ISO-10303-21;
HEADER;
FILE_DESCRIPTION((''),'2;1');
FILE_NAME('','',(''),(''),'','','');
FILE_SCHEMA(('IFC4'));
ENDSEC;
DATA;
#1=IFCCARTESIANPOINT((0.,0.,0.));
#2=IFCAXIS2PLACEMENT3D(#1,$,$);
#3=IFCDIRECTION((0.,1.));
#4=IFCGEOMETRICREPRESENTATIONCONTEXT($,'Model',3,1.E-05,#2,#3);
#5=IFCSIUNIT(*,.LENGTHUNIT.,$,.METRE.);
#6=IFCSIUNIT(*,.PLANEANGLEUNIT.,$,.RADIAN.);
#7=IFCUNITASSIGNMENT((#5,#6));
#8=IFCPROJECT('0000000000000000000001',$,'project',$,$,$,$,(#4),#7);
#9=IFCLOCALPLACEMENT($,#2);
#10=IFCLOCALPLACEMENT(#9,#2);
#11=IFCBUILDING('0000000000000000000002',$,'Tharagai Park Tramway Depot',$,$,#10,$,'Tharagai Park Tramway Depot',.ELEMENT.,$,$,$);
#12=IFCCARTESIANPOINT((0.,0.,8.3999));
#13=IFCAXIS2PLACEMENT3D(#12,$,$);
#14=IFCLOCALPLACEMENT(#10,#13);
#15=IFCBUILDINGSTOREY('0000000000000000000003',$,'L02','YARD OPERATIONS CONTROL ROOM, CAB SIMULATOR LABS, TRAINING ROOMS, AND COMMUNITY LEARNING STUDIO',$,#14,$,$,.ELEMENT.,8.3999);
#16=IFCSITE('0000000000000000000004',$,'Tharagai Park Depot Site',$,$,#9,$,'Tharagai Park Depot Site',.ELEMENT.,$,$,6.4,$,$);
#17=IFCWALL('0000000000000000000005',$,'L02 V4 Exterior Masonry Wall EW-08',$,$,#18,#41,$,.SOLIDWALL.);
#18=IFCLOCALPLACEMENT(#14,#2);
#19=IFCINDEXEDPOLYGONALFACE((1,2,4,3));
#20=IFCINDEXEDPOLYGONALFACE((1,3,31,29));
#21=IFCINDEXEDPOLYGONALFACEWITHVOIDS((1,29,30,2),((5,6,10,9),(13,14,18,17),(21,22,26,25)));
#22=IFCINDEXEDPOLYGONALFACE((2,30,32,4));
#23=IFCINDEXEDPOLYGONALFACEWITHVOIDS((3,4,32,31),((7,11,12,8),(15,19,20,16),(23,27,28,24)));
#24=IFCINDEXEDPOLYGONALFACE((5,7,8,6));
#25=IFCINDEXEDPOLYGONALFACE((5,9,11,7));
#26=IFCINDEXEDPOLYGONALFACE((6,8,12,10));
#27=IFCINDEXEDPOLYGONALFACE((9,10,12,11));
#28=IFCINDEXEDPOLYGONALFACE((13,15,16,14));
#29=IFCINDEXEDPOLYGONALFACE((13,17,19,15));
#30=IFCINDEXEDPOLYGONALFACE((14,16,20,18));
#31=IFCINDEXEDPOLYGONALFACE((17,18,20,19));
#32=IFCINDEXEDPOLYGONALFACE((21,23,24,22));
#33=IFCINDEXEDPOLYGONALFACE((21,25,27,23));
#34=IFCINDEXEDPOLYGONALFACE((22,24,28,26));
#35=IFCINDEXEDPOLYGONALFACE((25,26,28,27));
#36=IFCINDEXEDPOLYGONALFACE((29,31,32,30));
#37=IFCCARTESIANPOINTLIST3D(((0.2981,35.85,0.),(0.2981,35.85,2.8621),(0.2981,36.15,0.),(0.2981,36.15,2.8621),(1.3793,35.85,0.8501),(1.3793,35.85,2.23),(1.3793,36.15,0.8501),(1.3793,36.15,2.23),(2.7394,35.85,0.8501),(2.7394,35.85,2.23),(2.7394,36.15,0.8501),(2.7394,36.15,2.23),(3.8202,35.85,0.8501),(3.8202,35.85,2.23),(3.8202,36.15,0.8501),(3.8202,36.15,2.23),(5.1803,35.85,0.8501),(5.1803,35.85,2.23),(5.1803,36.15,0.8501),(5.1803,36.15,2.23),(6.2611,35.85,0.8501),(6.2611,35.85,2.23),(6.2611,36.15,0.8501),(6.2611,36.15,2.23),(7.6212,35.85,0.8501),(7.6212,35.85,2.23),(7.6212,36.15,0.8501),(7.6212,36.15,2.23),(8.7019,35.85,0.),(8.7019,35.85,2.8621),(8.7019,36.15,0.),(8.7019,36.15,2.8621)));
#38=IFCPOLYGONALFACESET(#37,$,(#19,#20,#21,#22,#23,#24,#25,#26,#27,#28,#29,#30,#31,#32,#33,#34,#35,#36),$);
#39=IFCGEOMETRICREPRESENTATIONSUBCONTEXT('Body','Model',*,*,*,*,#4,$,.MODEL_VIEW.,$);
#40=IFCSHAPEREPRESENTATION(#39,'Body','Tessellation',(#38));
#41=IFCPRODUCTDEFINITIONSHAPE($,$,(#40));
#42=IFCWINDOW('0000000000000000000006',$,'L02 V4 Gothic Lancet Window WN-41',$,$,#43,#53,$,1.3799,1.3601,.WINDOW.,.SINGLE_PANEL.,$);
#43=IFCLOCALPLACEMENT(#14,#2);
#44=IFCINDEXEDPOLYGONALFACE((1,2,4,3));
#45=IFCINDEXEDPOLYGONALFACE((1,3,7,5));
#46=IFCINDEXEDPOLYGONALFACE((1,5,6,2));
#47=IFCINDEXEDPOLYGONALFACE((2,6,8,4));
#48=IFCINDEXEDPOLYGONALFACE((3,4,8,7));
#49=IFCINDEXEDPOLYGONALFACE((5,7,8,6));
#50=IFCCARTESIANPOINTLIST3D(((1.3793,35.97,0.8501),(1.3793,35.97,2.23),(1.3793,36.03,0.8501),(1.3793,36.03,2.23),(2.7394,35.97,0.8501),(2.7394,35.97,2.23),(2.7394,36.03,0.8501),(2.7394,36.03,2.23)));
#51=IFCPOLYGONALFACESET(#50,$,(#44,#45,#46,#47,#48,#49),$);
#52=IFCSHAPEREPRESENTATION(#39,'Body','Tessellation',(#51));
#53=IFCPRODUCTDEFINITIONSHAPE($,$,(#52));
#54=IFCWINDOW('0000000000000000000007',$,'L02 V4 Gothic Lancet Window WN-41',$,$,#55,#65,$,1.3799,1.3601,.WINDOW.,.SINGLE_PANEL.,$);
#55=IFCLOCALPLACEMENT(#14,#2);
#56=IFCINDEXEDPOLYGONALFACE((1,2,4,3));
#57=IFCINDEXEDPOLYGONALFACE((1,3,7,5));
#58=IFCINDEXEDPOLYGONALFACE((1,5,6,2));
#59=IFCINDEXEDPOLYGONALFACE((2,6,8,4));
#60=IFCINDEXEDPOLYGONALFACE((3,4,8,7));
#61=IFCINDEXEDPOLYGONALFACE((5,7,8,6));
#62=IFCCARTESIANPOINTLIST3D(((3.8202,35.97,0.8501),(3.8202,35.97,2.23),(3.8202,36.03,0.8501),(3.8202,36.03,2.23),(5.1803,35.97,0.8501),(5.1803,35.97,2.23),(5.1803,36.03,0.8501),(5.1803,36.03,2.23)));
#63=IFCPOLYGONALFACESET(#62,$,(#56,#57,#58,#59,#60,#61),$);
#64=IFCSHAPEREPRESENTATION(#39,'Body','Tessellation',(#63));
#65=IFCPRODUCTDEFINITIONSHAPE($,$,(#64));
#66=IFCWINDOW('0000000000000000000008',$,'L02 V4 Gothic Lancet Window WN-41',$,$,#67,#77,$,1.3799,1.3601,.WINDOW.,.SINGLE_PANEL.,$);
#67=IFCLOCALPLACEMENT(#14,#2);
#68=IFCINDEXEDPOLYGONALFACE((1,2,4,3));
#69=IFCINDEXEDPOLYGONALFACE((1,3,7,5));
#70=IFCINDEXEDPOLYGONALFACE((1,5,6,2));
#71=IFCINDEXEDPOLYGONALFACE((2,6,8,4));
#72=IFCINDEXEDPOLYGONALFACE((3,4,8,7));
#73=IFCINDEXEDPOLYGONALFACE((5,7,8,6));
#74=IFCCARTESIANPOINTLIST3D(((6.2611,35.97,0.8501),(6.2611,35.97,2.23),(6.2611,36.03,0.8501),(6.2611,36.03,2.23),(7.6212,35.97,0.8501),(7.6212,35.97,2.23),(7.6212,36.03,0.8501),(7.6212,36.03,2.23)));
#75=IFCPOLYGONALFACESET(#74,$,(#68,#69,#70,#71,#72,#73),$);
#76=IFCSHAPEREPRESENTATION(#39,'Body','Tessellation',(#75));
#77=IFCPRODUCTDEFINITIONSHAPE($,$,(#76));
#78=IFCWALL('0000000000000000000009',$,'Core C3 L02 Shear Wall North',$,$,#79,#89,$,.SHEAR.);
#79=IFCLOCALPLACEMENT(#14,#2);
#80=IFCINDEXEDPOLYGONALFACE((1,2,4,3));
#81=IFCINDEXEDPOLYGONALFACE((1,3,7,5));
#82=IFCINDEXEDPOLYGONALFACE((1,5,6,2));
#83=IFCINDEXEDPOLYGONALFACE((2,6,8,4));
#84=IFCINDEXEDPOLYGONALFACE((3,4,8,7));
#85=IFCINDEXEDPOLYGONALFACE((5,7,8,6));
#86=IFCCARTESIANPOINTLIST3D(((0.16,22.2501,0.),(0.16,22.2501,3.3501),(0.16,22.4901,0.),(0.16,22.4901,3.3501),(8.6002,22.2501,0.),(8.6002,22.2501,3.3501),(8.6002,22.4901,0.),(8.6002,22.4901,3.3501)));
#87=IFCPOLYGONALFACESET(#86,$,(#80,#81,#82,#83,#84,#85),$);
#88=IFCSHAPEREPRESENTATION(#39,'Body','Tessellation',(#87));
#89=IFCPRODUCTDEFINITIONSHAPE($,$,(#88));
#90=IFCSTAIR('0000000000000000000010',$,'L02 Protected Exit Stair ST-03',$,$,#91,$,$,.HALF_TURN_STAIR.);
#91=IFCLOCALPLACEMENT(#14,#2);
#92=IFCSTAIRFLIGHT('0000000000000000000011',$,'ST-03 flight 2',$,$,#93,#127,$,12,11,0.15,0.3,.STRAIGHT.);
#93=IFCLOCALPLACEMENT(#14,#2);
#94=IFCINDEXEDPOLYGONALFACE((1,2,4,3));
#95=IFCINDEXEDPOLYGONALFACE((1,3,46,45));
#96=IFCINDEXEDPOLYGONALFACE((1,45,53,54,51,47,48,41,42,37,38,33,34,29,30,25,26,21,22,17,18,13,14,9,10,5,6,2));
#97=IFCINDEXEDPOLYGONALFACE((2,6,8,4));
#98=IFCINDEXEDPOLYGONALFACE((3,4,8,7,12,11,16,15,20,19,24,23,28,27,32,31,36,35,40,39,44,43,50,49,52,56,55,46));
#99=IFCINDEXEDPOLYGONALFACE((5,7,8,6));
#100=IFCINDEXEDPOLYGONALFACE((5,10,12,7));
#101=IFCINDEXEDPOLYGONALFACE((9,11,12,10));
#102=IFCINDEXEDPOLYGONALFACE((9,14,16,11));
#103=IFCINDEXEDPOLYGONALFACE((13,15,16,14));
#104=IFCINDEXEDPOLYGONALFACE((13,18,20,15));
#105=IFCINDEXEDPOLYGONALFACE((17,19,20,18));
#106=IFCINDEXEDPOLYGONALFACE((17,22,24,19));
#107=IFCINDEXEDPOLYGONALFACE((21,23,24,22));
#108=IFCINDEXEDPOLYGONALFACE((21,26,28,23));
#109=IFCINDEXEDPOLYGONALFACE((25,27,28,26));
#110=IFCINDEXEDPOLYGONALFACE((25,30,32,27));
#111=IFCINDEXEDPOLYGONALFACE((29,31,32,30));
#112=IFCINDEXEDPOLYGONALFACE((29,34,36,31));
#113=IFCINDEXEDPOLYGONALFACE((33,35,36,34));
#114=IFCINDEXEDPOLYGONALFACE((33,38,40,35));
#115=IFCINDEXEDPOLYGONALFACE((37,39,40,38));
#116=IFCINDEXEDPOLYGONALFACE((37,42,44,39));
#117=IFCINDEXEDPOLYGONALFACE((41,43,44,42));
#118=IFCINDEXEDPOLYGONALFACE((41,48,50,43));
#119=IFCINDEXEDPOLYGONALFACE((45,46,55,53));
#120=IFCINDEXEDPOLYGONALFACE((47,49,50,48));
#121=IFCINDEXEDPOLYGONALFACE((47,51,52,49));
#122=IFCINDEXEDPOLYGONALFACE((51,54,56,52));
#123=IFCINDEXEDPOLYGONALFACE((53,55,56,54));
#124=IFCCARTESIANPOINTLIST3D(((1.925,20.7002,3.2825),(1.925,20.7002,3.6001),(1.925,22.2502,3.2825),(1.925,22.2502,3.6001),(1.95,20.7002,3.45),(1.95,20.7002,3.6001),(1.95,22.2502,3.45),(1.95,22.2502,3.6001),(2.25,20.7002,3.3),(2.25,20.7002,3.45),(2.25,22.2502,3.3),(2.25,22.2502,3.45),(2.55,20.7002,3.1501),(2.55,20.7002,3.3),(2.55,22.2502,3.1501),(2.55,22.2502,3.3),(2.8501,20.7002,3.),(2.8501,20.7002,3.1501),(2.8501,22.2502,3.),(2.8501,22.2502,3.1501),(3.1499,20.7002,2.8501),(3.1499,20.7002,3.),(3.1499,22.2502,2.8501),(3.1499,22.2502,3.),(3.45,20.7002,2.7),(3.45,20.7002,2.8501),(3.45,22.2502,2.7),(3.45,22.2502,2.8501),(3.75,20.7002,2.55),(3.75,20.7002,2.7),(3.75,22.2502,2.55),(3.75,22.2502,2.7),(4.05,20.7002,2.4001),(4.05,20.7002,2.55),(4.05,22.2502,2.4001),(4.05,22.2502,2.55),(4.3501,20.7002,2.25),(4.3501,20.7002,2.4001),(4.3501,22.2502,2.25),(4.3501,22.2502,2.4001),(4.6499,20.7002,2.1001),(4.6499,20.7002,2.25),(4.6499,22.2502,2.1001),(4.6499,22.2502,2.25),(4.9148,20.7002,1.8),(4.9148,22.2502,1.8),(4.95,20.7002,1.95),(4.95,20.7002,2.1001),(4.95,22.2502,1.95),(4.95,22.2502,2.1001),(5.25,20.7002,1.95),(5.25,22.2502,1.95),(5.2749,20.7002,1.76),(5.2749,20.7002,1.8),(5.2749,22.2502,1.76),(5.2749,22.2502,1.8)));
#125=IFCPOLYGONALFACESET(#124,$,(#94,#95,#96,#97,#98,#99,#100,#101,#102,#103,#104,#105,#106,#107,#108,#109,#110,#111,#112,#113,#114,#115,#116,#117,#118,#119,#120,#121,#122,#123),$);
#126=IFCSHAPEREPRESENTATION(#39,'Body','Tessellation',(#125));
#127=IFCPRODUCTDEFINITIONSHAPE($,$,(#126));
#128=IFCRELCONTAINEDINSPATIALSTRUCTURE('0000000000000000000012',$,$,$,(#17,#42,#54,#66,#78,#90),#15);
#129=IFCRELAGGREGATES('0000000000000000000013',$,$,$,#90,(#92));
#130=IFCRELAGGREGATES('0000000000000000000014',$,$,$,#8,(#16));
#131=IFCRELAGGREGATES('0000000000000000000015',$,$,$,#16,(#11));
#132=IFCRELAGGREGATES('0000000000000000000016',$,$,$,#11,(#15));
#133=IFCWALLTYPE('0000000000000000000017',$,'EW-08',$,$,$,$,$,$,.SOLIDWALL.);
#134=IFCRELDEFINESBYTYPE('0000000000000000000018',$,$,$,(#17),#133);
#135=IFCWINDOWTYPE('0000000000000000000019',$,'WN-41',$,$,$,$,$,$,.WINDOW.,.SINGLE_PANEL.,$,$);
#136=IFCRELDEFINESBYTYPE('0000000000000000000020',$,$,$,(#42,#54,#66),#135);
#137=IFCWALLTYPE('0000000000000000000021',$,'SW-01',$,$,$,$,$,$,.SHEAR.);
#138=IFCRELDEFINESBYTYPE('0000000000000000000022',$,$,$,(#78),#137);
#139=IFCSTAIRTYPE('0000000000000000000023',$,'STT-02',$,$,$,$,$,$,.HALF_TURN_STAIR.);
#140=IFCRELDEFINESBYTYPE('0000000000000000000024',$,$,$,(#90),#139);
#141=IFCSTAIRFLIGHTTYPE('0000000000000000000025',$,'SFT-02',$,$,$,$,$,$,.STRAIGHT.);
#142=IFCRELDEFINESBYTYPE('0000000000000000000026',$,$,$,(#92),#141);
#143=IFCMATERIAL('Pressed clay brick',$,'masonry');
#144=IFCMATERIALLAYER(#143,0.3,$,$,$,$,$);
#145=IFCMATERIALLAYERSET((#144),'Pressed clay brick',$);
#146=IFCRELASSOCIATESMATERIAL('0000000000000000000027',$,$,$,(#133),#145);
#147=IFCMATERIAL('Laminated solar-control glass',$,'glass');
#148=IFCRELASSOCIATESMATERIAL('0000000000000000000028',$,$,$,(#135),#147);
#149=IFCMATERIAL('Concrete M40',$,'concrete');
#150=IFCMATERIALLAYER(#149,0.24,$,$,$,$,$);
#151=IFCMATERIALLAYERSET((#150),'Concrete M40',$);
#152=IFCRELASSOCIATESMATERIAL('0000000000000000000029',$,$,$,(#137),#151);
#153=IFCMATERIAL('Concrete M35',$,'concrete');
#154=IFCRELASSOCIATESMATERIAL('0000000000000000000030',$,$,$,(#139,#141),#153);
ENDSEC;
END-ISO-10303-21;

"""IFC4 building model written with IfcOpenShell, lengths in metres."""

from ifc_helpers import new_model, si_unit, direction, frame, frame_2d, origin, place, context, subcontext, project, spatial, polyline, rectangle, outline, extrude, material, layer, layer_set, type_object, element, fill, aggregate, save


model = new_model("IFC4")

# Units and contexts
model_context = context("Model", 3, precision=1e-05, world=origin(), true_north=direction((0.0, 1.0)))
body_context = subcontext(model_context, "Body", "Model", "MODEL_VIEW")
ifc_project = project(units=[si_unit("LENGTHUNIT", "METRE"), si_unit("PLANEANGLEUNIT", "RADIAN")], contexts=[model_context])

# Site, building, storey
site_placement = place(None, origin())
site = spatial("IfcSite", under=ifc_project, at=site_placement, Name="Tharagai Park Depot Site", LongName="Tharagai Park Depot Site", CompositionType="ELEMENT", RefElevation=6.4)
building_placement = place(site_placement, origin())
building = spatial("IfcBuilding", under=site, at=building_placement, Name="Tharagai Park Tramway Depot", LongName="Tharagai Park Tramway Depot", CompositionType="ELEMENT")
storey_placement = place(building_placement, frame((0.0, 0.0, 8.3999)))
storey = spatial("IfcBuildingStorey", under=building, at=storey_placement, Name="L02", Description="YARD OPERATIONS CONTROL ROOM, CAB SIMULATOR LABS, TRAINING ROOMS, AND COMMUNITY LEARNING STUDIO", CompositionType="ELEMENT", Elevation=8.3999)

# Shared definitions
ifc_material_1 = material(Name="Concrete M40", Category="concrete")

# Shared definitions
ifc_material_2 = material(Name="Concrete M35", Category="concrete")

# Shared definitions
ifc_material_3 = material(Name="Laminated solar-control glass", Category="glass")

# Wall, openings, windows
ifc_material_4 = material(Name="Pressed clay brick", Category="masonry")
ifc_layer_1 = layer(ifc_material_4, 0.3)
ifc_layer_set_1 = layer_set([ifc_layer_1], Name="Pressed clay brick")
wall_type_1 = type_object("IfcWallType", Name="EW-08", PredefinedType="SOLIDWALL", material=ifc_layer_set_1)
wall_1_placement = place(storey_placement, frame((0.2981, 36.0, 0.0), z_axis=(0.0, 0.0, 1.0), x_axis=(1.0, 0.0, 0.0)))
wall_1 = element("IfcWall", 1, at=wall_1_placement, inside=storey, type_object=wall_type_1, Name="L02 V4 Exterior Masonry Wall EW-08", PredefinedType="SOLIDWALL", context=body_context, shape_type="SweptSolid", body=[
    extrude(rectangle(XDim=8.4038, YDim=0.3, at=frame_2d((4.2019, 0.0))), origin(), (0.0, 0.0, 1.0), 2.8621),
])
opening_1_placement = place(wall_1_placement, frame((1.0811, 0.0, 0.8501)))
opening_1 = element("IfcOpeningElement", 2, at=opening_1_placement, cuts=wall_1, PredefinedType="OPENING", context=body_context, shape_type="SweptSolid", body=[
    extrude(rectangle(XDim=1.3601, YDim=1.3799, at=frame_2d((0.6802, 0.6899))), frame((0.0, 0.1599, 0.0), z_axis=(0.0, -1.0, 0.0), x_axis=(1.0, 0.0, 0.0)), (0.0, 0.0, 1.0), 0.3201),
])
opening_2_placement = place(wall_1_placement, frame((3.522, 0.0, 0.8501)))
opening_2 = element("IfcOpeningElement", 3, at=opening_2_placement, cuts=wall_1, PredefinedType="OPENING", context=body_context, shape_type="SweptSolid", body=[
    extrude(rectangle(XDim=1.3601, YDim=1.3799, at=frame_2d((0.6802, 0.6899))), frame((0.0, 0.1599, 0.0), z_axis=(0.0, -1.0, 0.0), x_axis=(1.0, 0.0, 0.0)), (0.0, 0.0, 1.0), 0.3201),
])
opening_3_placement = place(wall_1_placement, frame((5.9629, 0.0, 0.8501)))
opening_3 = element("IfcOpeningElement", 4, at=opening_3_placement, cuts=wall_1, PredefinedType="OPENING", context=body_context, shape_type="SweptSolid", body=[
    extrude(rectangle(XDim=1.3601, YDim=1.3799, at=frame_2d((0.6802, 0.6899))), frame((0.0, 0.1599, 0.0), z_axis=(0.0, -1.0, 0.0), x_axis=(1.0, 0.0, 0.0)), (0.0, 0.0, 1.0), 0.3201),
])
window_type = type_object("IfcWindowType", Name="WN-41", PartitioningType="SINGLE_PANEL", PredefinedType="WINDOW", material=ifc_material_3)
window_1_placement = place(opening_1_placement, origin())
window_1 = element("IfcWindow", 5, at=window_1_placement, inside=storey, type_object=window_type, Name="L02 V4 Gothic Lancet Window WN-41", OverallHeight=1.3799, OverallWidth=1.3601, PartitioningType="SINGLE_PANEL", PredefinedType="WINDOW", context=body_context, shape_type="SweptSolid", body=[
    extrude(rectangle(XDim=1.3601, YDim=1.3799, at=frame_2d((0.6802, 0.6899))), frame((0.0, 0.03, 0.0), z_axis=(0.0, -1.0, 0.0), x_axis=(1.0, 0.0, 0.0)), (0.0, 0.0, 1.0), 0.0601),
])
fill(opening_1, window_1)
window_2_placement = place(opening_2_placement, origin())
window_2 = element("IfcWindow", 6, at=window_2_placement, inside=storey, type_object=window_type, Name="L02 V4 Gothic Lancet Window WN-41", OverallHeight=1.3799, OverallWidth=1.3601, PartitioningType="SINGLE_PANEL", PredefinedType="WINDOW", context=body_context, shape_type="SweptSolid", body=[
    extrude(rectangle(XDim=1.3601, YDim=1.3799, at=frame_2d((0.6802, 0.6899))), frame((0.0, 0.03, 0.0), z_axis=(0.0, -1.0, 0.0), x_axis=(1.0, 0.0, 0.0)), (0.0, 0.0, 1.0), 0.0601),
])
fill(opening_2, window_2)
window_3_placement = place(opening_3_placement, origin())
window_3 = element("IfcWindow", 7, at=window_3_placement, inside=storey, type_object=window_type, Name="L02 V4 Gothic Lancet Window WN-41", OverallHeight=1.3799, OverallWidth=1.3601, PartitioningType="SINGLE_PANEL", PredefinedType="WINDOW", context=body_context, shape_type="SweptSolid", body=[
    extrude(rectangle(XDim=1.3601, YDim=1.3799, at=frame_2d((0.6802, 0.6899))), frame((0.0, 0.03, 0.0), z_axis=(0.0, -1.0, 0.0), x_axis=(1.0, 0.0, 0.0)), (0.0, 0.0, 1.0), 0.0601),
])
fill(opening_3, window_3)

# Wall
ifc_layer_2 = layer(ifc_material_1, 0.24)
ifc_layer_set_2 = layer_set([ifc_layer_2], Name="Concrete M40")
wall_type_2 = type_object("IfcWallType", Name="SW-01", PredefinedType="SHEAR", material=ifc_layer_set_2)
wall_2_placement = place(storey_placement, frame((0.1599, 22.3701, 0.0), z_axis=(0.0, 0.0, 1.0), x_axis=(1.0, 0.0, 0.0)))
element("IfcWall", 8, at=wall_2_placement, inside=storey, type_object=wall_type_2, Name="Core C3 L02 Shear Wall North", PredefinedType="SHEAR", context=body_context, shape_type="SweptSolid", body=[
    extrude(rectangle(XDim=8.4402, YDim=0.24, at=frame_2d((4.2202, 0.0))), origin(), (0.0, 0.0, 1.0), 3.3501),
])

# Stair, stair flight
stair_type = type_object("IfcStairType", Name="STT-02", PredefinedType="HALF_TURN_STAIR", material=ifc_material_2)
stair_placement = place(storey_placement, origin())
stair = element("IfcStair", 9, at=stair_placement, inside=storey, type_object=stair_type, Name="L02 Protected Exit Stair ST-03", PredefinedType="HALF_TURN_STAIR")
stair_flight_type = type_object("IfcStairFlightType", Name="SFT-02", PredefinedType="STRAIGHT", material=ifc_material_2)
stair_flight_placement = place(storey_placement, frame((5.25, 21.4751, 1.8), z_axis=(0.0, 0.0, 1.0), x_axis=(-1.0, 0.0, 0.0)))
stair_flight = element("IfcStairFlight", 10, at=stair_flight_placement, type_object=stair_flight_type, Name="ST-03 flight 2", NumberOfRisers=12, NumberOfTreads=11, PredefinedType="STRAIGHT", RiserHeight=0.15, TreadLength=0.3, context=body_context, shape_type="SweptSolid", body=[
    extrude(outline(polyline([(-0.0249, 0.0), (0.0, 0.1499), (0.3, 0.1499), (0.3, 0.3), (0.6001, 0.3), (0.6001, 0.45), (0.8999, 0.45), (0.8999, 0.6001), (1.2, 0.6001), (1.2, 0.75), (1.5, 0.75), (1.5, 0.8999), (1.8, 0.8999), (1.8, 1.05), (2.1001, 1.05), (2.1001, 1.2), (2.3999, 1.2), (2.3999, 1.3501), (2.7, 1.3501), (2.7, 1.5), (3.0, 1.5), (3.0, 1.6499), (3.3, 1.6499), (3.3, 1.8), (3.325, 1.8), (3.325, 1.4824), (0.3352, 0.0), (-0.0249, -0.04), (-0.0249, 0.0)])), frame((0.0, 0.7749, 0.0), z_axis=(0.0, -1.0, 0.0), x_axis=(1.0, 0.0, 0.0)), (0.0, 0.0, 1.0), 1.55),
])
aggregate(stair, [stair_flight])

save(model, "model.ifc")
